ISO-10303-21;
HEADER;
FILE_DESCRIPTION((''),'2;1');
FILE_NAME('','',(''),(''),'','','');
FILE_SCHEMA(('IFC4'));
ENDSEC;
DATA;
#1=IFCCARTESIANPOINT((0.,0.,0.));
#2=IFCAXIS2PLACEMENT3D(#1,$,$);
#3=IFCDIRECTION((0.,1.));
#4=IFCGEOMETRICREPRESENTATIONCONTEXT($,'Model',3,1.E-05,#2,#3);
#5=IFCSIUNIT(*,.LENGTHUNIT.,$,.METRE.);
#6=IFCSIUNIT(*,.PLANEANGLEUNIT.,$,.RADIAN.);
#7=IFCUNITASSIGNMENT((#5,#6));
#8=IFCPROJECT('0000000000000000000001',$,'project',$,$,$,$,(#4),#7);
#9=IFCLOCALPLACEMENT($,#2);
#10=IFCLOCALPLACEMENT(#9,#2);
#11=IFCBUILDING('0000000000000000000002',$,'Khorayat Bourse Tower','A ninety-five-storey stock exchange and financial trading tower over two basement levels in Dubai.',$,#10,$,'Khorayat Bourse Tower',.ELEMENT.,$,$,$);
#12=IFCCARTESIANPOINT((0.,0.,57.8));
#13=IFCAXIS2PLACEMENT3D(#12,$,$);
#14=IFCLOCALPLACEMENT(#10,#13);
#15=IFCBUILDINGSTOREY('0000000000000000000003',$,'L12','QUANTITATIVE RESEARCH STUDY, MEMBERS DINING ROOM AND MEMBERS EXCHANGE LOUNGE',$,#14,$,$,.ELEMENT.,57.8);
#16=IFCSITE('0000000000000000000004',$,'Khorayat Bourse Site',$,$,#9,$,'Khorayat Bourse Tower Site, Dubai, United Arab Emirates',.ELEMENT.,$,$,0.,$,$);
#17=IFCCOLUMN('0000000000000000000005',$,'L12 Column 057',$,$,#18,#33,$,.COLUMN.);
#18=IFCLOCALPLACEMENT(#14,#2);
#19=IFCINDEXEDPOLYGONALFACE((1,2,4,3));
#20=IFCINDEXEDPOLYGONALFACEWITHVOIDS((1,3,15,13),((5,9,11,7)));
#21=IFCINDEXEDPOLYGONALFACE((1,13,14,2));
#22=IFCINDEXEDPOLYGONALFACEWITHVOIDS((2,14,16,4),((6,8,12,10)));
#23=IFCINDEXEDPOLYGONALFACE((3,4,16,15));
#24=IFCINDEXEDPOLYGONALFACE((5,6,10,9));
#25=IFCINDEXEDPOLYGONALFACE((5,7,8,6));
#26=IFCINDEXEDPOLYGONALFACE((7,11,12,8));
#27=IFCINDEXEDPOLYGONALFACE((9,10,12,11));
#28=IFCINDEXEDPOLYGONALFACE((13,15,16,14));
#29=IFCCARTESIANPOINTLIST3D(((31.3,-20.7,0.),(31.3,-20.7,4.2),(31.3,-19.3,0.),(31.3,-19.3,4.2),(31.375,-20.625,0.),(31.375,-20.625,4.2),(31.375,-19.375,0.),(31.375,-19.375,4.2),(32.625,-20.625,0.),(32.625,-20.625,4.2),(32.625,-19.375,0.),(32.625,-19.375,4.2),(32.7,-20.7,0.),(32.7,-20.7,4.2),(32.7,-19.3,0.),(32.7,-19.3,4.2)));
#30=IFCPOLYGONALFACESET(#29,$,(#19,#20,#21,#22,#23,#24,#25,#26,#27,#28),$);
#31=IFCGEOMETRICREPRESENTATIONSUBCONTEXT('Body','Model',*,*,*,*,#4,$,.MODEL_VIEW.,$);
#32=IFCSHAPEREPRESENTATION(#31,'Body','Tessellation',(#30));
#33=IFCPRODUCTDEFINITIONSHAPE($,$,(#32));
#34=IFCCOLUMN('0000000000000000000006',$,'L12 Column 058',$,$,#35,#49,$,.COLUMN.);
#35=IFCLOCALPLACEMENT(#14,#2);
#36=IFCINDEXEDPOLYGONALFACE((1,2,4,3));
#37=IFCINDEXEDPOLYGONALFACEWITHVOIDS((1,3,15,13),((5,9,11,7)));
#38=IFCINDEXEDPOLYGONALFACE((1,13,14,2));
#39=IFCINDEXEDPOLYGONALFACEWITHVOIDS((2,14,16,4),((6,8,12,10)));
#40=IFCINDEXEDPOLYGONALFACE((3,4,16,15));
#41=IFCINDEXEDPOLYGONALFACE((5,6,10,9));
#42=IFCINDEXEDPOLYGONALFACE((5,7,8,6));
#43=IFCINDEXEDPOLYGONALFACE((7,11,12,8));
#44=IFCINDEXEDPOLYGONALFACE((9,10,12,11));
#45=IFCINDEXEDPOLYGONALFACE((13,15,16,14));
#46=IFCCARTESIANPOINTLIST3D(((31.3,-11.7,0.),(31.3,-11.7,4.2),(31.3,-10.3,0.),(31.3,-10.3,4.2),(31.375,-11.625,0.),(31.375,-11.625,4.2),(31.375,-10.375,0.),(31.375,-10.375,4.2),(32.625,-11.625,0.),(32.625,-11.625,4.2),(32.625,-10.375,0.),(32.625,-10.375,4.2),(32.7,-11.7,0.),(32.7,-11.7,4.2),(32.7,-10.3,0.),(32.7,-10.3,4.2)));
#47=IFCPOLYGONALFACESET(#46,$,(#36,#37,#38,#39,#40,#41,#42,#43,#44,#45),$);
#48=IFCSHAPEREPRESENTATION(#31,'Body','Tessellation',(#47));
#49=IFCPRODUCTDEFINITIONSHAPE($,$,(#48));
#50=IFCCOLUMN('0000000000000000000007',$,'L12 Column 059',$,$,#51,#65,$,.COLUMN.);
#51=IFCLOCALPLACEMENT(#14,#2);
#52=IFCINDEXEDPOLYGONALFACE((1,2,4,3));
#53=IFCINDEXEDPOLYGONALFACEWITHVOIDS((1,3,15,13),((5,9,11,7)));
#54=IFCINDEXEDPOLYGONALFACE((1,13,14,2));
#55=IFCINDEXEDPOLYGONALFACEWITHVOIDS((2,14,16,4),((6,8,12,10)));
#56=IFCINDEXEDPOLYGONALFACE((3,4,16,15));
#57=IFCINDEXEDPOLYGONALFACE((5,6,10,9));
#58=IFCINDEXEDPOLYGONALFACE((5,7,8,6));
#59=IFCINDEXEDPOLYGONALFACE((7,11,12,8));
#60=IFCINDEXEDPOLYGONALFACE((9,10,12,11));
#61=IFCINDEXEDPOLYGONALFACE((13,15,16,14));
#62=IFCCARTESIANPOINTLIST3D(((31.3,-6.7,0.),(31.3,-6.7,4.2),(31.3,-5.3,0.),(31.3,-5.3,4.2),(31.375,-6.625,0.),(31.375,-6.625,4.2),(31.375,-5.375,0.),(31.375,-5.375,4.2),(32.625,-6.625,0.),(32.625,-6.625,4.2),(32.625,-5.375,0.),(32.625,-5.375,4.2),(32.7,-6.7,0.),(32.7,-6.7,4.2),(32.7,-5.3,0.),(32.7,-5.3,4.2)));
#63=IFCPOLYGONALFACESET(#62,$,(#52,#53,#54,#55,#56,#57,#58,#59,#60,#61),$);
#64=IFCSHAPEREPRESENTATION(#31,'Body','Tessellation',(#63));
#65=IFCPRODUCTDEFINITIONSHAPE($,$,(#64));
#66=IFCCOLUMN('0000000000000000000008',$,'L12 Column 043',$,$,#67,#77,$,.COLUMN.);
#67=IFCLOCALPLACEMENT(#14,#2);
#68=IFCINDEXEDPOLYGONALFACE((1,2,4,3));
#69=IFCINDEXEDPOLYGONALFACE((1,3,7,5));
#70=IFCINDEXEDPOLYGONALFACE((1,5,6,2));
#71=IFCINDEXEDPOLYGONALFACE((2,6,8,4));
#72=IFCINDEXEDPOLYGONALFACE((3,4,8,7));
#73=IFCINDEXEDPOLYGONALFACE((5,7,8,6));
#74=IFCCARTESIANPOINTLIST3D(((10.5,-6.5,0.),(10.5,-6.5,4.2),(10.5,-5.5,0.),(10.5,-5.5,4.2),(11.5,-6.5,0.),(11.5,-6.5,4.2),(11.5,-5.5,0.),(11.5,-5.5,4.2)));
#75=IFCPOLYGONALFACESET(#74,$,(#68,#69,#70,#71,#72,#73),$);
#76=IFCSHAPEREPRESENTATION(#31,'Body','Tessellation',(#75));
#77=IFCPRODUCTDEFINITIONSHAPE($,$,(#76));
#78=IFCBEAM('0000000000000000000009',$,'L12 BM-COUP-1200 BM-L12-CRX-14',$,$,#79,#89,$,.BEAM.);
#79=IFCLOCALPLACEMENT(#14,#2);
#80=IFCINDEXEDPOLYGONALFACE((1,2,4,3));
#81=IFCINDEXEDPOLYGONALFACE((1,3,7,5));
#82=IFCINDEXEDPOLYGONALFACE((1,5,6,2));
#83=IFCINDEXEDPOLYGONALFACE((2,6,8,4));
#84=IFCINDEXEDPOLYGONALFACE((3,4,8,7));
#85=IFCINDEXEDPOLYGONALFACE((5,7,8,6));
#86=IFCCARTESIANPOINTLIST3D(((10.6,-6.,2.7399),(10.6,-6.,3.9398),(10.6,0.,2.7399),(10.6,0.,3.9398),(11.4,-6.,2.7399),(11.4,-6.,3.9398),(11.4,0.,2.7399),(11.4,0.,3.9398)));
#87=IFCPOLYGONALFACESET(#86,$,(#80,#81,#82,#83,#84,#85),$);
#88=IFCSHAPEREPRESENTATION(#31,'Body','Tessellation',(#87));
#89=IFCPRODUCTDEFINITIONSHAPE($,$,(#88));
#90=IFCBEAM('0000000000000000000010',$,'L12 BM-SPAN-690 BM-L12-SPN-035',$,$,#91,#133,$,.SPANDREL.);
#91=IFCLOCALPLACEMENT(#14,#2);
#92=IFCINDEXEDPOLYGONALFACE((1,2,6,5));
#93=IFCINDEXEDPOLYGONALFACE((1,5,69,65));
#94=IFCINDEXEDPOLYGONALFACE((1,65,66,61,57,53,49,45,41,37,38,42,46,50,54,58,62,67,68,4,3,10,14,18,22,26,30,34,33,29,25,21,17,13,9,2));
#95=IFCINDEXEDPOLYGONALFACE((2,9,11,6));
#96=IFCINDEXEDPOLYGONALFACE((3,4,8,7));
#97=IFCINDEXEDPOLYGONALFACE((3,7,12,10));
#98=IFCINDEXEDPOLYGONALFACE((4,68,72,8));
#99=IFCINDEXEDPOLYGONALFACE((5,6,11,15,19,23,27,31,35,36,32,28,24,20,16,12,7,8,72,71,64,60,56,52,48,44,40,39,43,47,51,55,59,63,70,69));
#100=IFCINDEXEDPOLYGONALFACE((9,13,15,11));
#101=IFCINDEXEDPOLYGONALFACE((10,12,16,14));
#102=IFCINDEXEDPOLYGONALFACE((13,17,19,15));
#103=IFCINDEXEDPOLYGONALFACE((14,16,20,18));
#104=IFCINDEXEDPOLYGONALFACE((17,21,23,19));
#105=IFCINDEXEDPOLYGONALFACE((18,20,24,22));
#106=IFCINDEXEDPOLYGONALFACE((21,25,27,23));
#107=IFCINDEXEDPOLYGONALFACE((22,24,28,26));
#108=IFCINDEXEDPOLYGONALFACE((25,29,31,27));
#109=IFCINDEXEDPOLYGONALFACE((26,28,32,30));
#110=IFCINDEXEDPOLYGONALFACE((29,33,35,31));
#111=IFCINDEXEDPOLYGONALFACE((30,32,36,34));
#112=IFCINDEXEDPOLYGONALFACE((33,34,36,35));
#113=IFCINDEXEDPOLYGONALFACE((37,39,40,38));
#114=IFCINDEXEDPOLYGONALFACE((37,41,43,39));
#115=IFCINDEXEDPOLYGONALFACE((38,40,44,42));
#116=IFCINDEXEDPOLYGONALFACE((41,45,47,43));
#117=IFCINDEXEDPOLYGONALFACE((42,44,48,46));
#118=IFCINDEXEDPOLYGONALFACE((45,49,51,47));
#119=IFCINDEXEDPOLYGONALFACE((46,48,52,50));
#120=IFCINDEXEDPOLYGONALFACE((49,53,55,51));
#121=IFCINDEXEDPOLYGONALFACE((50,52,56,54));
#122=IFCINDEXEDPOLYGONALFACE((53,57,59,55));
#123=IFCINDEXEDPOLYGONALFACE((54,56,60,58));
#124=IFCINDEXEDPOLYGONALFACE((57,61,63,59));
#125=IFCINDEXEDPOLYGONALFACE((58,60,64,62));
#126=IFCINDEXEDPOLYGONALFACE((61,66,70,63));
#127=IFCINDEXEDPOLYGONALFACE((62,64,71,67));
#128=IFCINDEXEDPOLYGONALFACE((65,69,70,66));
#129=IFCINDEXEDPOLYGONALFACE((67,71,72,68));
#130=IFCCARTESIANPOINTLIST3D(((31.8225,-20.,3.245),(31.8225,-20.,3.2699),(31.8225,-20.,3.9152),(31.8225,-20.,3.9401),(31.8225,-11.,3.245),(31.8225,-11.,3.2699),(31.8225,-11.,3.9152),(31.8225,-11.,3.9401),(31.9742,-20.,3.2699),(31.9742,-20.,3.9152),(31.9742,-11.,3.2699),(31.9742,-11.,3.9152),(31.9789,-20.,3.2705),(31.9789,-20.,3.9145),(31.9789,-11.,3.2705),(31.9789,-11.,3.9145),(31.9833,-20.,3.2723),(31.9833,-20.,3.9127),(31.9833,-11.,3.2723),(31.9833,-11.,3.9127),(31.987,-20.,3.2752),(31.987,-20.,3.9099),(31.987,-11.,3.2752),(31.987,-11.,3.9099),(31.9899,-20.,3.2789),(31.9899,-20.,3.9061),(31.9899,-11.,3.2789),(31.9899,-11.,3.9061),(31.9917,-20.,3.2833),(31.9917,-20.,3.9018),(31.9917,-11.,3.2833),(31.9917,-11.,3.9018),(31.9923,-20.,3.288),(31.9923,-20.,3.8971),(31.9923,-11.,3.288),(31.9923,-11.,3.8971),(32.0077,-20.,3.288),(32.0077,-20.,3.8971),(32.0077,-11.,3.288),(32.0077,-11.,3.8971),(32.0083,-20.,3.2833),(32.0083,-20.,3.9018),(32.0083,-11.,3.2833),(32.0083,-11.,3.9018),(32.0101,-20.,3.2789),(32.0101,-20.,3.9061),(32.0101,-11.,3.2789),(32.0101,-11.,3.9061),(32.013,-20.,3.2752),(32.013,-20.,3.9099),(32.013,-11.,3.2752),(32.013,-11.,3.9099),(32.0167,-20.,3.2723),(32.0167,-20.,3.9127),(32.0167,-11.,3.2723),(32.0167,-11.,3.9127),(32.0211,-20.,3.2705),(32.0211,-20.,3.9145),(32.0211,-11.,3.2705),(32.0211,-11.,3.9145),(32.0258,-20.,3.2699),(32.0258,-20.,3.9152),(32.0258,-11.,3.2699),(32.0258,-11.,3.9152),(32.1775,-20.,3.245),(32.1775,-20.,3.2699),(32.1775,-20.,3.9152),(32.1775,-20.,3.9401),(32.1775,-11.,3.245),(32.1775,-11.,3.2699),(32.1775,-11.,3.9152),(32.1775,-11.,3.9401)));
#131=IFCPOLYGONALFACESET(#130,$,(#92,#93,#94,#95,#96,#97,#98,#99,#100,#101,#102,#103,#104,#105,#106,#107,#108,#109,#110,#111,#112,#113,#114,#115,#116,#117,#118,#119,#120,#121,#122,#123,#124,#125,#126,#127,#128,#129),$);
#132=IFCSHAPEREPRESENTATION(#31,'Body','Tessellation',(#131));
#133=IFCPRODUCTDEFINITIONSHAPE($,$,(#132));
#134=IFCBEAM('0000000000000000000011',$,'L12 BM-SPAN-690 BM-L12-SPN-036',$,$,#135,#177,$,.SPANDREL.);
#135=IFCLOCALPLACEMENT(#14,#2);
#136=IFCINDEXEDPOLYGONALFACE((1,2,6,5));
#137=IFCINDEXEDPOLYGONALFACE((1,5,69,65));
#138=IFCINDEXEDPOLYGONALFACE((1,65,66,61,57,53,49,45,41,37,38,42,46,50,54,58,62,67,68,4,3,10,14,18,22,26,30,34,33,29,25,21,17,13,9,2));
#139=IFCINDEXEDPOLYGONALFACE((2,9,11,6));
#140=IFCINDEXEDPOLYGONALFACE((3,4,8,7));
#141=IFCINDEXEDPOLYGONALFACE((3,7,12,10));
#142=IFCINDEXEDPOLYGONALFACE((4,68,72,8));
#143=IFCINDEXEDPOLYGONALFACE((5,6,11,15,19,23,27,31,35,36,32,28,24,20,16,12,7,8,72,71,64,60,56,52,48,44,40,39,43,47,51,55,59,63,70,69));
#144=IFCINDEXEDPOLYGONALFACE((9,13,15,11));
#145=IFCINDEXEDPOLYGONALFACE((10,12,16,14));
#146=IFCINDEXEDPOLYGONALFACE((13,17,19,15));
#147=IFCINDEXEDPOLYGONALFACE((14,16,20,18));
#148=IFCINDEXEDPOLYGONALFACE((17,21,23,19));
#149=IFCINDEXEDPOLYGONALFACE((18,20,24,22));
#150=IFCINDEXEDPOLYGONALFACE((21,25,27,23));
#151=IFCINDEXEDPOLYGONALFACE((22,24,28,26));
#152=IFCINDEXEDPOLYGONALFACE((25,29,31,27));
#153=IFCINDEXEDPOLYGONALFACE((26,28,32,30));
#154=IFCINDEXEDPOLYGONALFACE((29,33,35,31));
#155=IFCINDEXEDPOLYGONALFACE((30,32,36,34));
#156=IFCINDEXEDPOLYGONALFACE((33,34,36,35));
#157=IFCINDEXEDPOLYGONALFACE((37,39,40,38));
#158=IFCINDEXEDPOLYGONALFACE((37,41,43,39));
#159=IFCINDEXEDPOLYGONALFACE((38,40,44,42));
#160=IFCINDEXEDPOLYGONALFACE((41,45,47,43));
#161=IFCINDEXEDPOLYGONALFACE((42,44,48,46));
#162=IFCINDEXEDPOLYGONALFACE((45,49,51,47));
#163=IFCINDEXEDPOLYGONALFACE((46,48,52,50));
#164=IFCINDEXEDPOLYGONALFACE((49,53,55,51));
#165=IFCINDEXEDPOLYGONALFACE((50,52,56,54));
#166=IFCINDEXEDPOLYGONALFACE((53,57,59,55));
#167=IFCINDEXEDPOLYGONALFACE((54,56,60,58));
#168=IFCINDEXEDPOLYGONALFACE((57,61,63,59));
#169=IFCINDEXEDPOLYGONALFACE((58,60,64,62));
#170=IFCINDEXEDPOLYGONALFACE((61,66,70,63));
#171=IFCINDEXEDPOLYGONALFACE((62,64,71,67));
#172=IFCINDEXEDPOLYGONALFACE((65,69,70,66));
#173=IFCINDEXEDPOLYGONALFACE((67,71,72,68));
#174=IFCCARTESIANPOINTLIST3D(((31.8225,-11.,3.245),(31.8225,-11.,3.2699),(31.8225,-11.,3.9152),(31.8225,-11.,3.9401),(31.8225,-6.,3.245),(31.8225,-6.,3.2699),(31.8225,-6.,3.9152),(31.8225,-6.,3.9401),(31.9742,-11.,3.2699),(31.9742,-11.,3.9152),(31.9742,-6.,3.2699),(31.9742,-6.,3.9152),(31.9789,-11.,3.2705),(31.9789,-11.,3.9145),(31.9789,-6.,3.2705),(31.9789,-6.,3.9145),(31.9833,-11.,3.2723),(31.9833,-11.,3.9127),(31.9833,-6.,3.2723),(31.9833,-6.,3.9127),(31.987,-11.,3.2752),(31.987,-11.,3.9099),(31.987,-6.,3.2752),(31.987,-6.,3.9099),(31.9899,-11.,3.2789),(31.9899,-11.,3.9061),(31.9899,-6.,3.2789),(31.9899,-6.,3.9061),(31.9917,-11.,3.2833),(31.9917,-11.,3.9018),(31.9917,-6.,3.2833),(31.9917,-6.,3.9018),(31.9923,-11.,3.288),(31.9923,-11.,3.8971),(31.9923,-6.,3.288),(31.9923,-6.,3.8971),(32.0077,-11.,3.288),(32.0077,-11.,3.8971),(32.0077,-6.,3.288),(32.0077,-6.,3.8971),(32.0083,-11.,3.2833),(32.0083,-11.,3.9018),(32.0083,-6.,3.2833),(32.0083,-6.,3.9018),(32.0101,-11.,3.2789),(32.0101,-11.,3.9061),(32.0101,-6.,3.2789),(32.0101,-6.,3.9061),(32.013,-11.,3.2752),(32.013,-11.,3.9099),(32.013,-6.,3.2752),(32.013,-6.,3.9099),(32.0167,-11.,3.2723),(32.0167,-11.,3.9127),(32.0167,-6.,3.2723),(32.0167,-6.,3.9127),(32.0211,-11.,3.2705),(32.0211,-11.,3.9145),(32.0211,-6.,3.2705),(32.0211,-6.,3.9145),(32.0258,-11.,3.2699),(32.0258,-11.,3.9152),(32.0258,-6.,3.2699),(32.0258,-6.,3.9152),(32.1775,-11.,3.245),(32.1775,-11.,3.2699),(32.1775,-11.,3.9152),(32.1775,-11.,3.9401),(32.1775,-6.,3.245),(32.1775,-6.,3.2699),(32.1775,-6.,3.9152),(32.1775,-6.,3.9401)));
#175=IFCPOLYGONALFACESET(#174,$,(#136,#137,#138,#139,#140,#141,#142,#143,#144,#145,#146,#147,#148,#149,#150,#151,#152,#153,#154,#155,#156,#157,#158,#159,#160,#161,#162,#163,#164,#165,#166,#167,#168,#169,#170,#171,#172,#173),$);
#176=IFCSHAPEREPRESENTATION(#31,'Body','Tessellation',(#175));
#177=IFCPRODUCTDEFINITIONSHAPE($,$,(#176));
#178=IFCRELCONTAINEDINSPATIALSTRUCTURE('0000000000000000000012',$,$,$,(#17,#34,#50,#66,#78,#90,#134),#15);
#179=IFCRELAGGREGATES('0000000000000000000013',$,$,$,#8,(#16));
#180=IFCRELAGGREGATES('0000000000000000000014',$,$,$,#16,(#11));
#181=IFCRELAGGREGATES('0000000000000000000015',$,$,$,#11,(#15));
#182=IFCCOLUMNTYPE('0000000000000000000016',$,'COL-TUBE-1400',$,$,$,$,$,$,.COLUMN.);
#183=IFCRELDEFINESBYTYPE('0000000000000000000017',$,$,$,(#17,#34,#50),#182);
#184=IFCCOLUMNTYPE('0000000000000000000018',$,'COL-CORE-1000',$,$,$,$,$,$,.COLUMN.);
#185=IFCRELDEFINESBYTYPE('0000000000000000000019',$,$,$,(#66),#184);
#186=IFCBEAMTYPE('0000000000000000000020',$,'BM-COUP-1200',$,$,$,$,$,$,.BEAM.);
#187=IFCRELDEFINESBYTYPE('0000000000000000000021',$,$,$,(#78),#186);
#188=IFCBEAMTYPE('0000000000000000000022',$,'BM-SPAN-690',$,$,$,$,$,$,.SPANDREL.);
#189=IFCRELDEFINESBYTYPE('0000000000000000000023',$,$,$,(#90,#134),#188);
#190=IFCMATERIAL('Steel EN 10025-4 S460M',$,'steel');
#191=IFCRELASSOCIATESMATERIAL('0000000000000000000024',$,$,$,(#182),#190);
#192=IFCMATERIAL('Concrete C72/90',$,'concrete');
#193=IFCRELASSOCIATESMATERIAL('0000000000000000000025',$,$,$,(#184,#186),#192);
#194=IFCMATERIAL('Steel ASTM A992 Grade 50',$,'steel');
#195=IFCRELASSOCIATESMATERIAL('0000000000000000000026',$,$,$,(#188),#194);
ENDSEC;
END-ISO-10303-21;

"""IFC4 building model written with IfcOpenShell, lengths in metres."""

from ifc_helpers import new_model, si_unit, direction, frame, origin, origin_2d, place, context, subcontext, project, spatial, rectangle, hollow_rectangle, i_section, extrude, source, transform, mapped, material, material_profile, profile_set, type_object, element, save


model = new_model("IFC4")

# Units and contexts
model_context = context("Model", 3, precision=1e-05, world=origin(), true_north=direction((0.0, 1.0)))
body_context = subcontext(model_context, "Body", "Model", "MODEL_VIEW")
ifc_project = project(units=[si_unit("LENGTHUNIT", "METRE"), si_unit("PLANEANGLEUNIT", "RADIAN")], contexts=[model_context])

# Site, building, storey
site_placement = place(None, origin())
site = spatial("IfcSite", under=ifc_project, at=site_placement, Name="Khorayat Bourse Site", LongName="Khorayat Bourse Tower Site, Dubai, United Arab Emirates", CompositionType="ELEMENT", RefElevation=0.0)
building_placement = place(site_placement, origin())
building = spatial("IfcBuilding", under=site, at=building_placement, Name="Khorayat Bourse Tower", Description="A ninety-five-storey stock exchange and financial trading tower over two basement levels in Dubai.", LongName="Khorayat Bourse Tower", CompositionType="ELEMENT")
storey_placement = place(building_placement, frame((0.0, 0.0, 57.8)))
storey = spatial("IfcBuildingStorey", under=building, at=storey_placement, Name="L12", Description="QUANTITATIVE RESEARCH STUDY, MEMBERS DINING ROOM AND MEMBERS EXCHANGE LOUNGE", CompositionType="ELEMENT", Elevation=57.8)

# Columns
ifc_material_1 = material(Name="Steel EN 10025-4 S460M", Category="steel")
ifc_material_profile_1 = material_profile(ifc_material_1, hollow_rectangle(XDim=1.3999, YDim=1.3999, WallThickness=0.075, at=origin_2d()), Name="BOX 1400x1400x75")
ifc_profile_set_1 = profile_set([ifc_material_profile_1], Name="Steel EN 10025-4 S460M")
column_type_1 = type_object("IfcColumnType", Name="COL-TUBE-1400", PredefinedType="COLUMN", material=ifc_profile_set_1)
shared_shape_1 = source(origin(), body_context, "Body", "SweptSolid", [
    extrude(hollow_rectangle(XDim=1.3999, YDim=1.3999, WallThickness=0.075, at=origin_2d()), origin(), (0.0, 0.0, 1.0), 4.2),
])
for number, where, z_axis, x_axis, name in (
    (1, (32.0, -20.0, 0.0), (0.0, 0.0, 1.0), (1.0, 0.0, 0.0), "L12 Column 057"),
    (2, (32.0, -11.0, 0.0), (0.0, 0.0, 1.0), (1.0, 0.0, 0.0), "L12 Column 058"),
    (3, (32.0, -6.0, 0.0), (0.0, 0.0, 1.0), (1.0, 0.0, 0.0), "L12 Column 059"),
):
    element("IfcColumn", number, at=place(storey_placement, frame(where, z_axis=z_axis, x_axis=x_axis)), inside=storey, type_object=column_type_1, Name=name, PredefinedType="COLUMN", context=body_context, shape_type="MappedRepresentation", body=[
        mapped(shared_shape_1, transform((0.0, 0.0, 0.0), scale=1.0)),
    ])
ifc_material_2 = material(Name="Concrete C72/90", Category="concrete")
ifc_material_profile_2 = material_profile(ifc_material_2, rectangle(XDim=1.0, YDim=1.0, at=origin_2d()), Name="RC 1000x1000")
ifc_profile_set_2 = profile_set([ifc_material_profile_2], Name="Concrete C72/90")
column_type_2 = type_object("IfcColumnType", Name="COL-CORE-1000", PredefinedType="COLUMN", material=ifc_profile_set_2)
shared_shape_2 = source(origin(), body_context, "Body", "SweptSolid", [
    extrude(rectangle(XDim=1.0, YDim=1.0, at=origin_2d()), origin(), (0.0, 0.0, 1.0), 4.2),
])
column_placement = place(storey_placement, frame((11.0, -6.0, 0.0), z_axis=(0.0, 0.0, 1.0), x_axis=(1.0, 0.0, 0.0)))
element("IfcColumn", 4, at=column_placement, inside=storey, type_object=column_type_2, Name="L12 Column 043", PredefinedType="COLUMN", context=body_context, shape_type="MappedRepresentation", body=[
    mapped(shared_shape_2, transform((0.0, 0.0, 0.0), scale=1.0)),
])

# Beams
ifc_material_profile_3 = material_profile(ifc_material_2, rectangle(XDim=0.8, YDim=1.2, at=origin_2d()), Name="RC 800x1200")
ifc_profile_set_3 = profile_set([ifc_material_profile_3], Name="Concrete C72/90")
beam_type_1 = type_object("IfcBeamType", Name="BM-COUP-1200", PredefinedType="BEAM", material=ifc_profile_set_3)
shared_shape_3 = source(origin(), body_context, "Body", "SweptSolid", [
    extrude(rectangle(XDim=0.8, YDim=1.2, at=origin_2d()), origin(), (0.0, 0.0, 1.0), 6.0),
])
beam_1_placement = place(storey_placement, frame((11.0, -6.0, 3.3398), z_axis=(0.0, 1.0, 0.0), x_axis=(-1.0, 0.0, 0.0)))
element("IfcBeam", 5, at=beam_1_placement, inside=storey, type_object=beam_type_1, Name="L12 BM-COUP-1200 BM-L12-CRX-14", PredefinedType="BEAM", context=body_context, shape_type="MappedRepresentation", body=[
    mapped(shared_shape_3, transform((0.0, 0.0, 0.0), scale=1.0)),
])
ifc_material_3 = material(Name="Steel ASTM A992 Grade 50", Category="steel")
ifc_material_profile_4 = material_profile(ifc_material_3, i_section(OverallWidth=0.355, OverallDepth=0.6951, WebThickness=0.0154, FlangeThickness=0.0249, FilletRadius=0.0181, at=origin_2d()), Name="W690X217")
ifc_profile_set_4 = profile_set([ifc_material_profile_4], Name="Steel ASTM A992 Grade 50")
beam_type_2 = type_object("IfcBeamType", Name="BM-SPAN-690", PredefinedType="SPANDREL", material=ifc_profile_set_4)
shared_shape_4 = source(origin(), body_context, "Body", "SweptSolid", [
    extrude(i_section(OverallWidth=0.355, OverallDepth=0.6951, WebThickness=0.0154, FlangeThickness=0.0249, FilletRadius=0.0181, at=origin_2d()), origin(), (0.0, 0.0, 1.0), 9.0),
])
beam_2_placement = place(storey_placement, frame((32.0, -20.0, 3.5925), z_axis=(0.0, 1.0, 0.0), x_axis=(-1.0, 0.0, 0.0)))
element("IfcBeam", 6, at=beam_2_placement, inside=storey, type_object=beam_type_2, Name="L12 BM-SPAN-690 BM-L12-SPN-035", PredefinedType="SPANDREL", context=body_context, shape_type="MappedRepresentation", body=[
    mapped(shared_shape_4, transform((0.0, 0.0, 0.0), scale=1.0)),
])
shared_shape_5 = source(origin(), body_context, "Body", "SweptSolid", [
    extrude(i_section(OverallWidth=0.355, OverallDepth=0.6951, WebThickness=0.0154, FlangeThickness=0.0249, FilletRadius=0.0181, at=origin_2d()), origin(), (0.0, 0.0, 1.0), 5.0),
])
beam_3_placement = place(storey_placement, frame((32.0, -11.0, 3.5925), z_axis=(0.0, 1.0, 0.0), x_axis=(-1.0, 0.0, 0.0)))
element("IfcBeam", 7, at=beam_3_placement, inside=storey, type_object=beam_type_2, Name="L12 BM-SPAN-690 BM-L12-SPN-036", PredefinedType="SPANDREL", context=body_context, shape_type="MappedRepresentation", body=[
    mapped(shared_shape_5, transform((0.0, 0.0, 0.0), scale=1.0)),
])

save(model, "model.ifc")
